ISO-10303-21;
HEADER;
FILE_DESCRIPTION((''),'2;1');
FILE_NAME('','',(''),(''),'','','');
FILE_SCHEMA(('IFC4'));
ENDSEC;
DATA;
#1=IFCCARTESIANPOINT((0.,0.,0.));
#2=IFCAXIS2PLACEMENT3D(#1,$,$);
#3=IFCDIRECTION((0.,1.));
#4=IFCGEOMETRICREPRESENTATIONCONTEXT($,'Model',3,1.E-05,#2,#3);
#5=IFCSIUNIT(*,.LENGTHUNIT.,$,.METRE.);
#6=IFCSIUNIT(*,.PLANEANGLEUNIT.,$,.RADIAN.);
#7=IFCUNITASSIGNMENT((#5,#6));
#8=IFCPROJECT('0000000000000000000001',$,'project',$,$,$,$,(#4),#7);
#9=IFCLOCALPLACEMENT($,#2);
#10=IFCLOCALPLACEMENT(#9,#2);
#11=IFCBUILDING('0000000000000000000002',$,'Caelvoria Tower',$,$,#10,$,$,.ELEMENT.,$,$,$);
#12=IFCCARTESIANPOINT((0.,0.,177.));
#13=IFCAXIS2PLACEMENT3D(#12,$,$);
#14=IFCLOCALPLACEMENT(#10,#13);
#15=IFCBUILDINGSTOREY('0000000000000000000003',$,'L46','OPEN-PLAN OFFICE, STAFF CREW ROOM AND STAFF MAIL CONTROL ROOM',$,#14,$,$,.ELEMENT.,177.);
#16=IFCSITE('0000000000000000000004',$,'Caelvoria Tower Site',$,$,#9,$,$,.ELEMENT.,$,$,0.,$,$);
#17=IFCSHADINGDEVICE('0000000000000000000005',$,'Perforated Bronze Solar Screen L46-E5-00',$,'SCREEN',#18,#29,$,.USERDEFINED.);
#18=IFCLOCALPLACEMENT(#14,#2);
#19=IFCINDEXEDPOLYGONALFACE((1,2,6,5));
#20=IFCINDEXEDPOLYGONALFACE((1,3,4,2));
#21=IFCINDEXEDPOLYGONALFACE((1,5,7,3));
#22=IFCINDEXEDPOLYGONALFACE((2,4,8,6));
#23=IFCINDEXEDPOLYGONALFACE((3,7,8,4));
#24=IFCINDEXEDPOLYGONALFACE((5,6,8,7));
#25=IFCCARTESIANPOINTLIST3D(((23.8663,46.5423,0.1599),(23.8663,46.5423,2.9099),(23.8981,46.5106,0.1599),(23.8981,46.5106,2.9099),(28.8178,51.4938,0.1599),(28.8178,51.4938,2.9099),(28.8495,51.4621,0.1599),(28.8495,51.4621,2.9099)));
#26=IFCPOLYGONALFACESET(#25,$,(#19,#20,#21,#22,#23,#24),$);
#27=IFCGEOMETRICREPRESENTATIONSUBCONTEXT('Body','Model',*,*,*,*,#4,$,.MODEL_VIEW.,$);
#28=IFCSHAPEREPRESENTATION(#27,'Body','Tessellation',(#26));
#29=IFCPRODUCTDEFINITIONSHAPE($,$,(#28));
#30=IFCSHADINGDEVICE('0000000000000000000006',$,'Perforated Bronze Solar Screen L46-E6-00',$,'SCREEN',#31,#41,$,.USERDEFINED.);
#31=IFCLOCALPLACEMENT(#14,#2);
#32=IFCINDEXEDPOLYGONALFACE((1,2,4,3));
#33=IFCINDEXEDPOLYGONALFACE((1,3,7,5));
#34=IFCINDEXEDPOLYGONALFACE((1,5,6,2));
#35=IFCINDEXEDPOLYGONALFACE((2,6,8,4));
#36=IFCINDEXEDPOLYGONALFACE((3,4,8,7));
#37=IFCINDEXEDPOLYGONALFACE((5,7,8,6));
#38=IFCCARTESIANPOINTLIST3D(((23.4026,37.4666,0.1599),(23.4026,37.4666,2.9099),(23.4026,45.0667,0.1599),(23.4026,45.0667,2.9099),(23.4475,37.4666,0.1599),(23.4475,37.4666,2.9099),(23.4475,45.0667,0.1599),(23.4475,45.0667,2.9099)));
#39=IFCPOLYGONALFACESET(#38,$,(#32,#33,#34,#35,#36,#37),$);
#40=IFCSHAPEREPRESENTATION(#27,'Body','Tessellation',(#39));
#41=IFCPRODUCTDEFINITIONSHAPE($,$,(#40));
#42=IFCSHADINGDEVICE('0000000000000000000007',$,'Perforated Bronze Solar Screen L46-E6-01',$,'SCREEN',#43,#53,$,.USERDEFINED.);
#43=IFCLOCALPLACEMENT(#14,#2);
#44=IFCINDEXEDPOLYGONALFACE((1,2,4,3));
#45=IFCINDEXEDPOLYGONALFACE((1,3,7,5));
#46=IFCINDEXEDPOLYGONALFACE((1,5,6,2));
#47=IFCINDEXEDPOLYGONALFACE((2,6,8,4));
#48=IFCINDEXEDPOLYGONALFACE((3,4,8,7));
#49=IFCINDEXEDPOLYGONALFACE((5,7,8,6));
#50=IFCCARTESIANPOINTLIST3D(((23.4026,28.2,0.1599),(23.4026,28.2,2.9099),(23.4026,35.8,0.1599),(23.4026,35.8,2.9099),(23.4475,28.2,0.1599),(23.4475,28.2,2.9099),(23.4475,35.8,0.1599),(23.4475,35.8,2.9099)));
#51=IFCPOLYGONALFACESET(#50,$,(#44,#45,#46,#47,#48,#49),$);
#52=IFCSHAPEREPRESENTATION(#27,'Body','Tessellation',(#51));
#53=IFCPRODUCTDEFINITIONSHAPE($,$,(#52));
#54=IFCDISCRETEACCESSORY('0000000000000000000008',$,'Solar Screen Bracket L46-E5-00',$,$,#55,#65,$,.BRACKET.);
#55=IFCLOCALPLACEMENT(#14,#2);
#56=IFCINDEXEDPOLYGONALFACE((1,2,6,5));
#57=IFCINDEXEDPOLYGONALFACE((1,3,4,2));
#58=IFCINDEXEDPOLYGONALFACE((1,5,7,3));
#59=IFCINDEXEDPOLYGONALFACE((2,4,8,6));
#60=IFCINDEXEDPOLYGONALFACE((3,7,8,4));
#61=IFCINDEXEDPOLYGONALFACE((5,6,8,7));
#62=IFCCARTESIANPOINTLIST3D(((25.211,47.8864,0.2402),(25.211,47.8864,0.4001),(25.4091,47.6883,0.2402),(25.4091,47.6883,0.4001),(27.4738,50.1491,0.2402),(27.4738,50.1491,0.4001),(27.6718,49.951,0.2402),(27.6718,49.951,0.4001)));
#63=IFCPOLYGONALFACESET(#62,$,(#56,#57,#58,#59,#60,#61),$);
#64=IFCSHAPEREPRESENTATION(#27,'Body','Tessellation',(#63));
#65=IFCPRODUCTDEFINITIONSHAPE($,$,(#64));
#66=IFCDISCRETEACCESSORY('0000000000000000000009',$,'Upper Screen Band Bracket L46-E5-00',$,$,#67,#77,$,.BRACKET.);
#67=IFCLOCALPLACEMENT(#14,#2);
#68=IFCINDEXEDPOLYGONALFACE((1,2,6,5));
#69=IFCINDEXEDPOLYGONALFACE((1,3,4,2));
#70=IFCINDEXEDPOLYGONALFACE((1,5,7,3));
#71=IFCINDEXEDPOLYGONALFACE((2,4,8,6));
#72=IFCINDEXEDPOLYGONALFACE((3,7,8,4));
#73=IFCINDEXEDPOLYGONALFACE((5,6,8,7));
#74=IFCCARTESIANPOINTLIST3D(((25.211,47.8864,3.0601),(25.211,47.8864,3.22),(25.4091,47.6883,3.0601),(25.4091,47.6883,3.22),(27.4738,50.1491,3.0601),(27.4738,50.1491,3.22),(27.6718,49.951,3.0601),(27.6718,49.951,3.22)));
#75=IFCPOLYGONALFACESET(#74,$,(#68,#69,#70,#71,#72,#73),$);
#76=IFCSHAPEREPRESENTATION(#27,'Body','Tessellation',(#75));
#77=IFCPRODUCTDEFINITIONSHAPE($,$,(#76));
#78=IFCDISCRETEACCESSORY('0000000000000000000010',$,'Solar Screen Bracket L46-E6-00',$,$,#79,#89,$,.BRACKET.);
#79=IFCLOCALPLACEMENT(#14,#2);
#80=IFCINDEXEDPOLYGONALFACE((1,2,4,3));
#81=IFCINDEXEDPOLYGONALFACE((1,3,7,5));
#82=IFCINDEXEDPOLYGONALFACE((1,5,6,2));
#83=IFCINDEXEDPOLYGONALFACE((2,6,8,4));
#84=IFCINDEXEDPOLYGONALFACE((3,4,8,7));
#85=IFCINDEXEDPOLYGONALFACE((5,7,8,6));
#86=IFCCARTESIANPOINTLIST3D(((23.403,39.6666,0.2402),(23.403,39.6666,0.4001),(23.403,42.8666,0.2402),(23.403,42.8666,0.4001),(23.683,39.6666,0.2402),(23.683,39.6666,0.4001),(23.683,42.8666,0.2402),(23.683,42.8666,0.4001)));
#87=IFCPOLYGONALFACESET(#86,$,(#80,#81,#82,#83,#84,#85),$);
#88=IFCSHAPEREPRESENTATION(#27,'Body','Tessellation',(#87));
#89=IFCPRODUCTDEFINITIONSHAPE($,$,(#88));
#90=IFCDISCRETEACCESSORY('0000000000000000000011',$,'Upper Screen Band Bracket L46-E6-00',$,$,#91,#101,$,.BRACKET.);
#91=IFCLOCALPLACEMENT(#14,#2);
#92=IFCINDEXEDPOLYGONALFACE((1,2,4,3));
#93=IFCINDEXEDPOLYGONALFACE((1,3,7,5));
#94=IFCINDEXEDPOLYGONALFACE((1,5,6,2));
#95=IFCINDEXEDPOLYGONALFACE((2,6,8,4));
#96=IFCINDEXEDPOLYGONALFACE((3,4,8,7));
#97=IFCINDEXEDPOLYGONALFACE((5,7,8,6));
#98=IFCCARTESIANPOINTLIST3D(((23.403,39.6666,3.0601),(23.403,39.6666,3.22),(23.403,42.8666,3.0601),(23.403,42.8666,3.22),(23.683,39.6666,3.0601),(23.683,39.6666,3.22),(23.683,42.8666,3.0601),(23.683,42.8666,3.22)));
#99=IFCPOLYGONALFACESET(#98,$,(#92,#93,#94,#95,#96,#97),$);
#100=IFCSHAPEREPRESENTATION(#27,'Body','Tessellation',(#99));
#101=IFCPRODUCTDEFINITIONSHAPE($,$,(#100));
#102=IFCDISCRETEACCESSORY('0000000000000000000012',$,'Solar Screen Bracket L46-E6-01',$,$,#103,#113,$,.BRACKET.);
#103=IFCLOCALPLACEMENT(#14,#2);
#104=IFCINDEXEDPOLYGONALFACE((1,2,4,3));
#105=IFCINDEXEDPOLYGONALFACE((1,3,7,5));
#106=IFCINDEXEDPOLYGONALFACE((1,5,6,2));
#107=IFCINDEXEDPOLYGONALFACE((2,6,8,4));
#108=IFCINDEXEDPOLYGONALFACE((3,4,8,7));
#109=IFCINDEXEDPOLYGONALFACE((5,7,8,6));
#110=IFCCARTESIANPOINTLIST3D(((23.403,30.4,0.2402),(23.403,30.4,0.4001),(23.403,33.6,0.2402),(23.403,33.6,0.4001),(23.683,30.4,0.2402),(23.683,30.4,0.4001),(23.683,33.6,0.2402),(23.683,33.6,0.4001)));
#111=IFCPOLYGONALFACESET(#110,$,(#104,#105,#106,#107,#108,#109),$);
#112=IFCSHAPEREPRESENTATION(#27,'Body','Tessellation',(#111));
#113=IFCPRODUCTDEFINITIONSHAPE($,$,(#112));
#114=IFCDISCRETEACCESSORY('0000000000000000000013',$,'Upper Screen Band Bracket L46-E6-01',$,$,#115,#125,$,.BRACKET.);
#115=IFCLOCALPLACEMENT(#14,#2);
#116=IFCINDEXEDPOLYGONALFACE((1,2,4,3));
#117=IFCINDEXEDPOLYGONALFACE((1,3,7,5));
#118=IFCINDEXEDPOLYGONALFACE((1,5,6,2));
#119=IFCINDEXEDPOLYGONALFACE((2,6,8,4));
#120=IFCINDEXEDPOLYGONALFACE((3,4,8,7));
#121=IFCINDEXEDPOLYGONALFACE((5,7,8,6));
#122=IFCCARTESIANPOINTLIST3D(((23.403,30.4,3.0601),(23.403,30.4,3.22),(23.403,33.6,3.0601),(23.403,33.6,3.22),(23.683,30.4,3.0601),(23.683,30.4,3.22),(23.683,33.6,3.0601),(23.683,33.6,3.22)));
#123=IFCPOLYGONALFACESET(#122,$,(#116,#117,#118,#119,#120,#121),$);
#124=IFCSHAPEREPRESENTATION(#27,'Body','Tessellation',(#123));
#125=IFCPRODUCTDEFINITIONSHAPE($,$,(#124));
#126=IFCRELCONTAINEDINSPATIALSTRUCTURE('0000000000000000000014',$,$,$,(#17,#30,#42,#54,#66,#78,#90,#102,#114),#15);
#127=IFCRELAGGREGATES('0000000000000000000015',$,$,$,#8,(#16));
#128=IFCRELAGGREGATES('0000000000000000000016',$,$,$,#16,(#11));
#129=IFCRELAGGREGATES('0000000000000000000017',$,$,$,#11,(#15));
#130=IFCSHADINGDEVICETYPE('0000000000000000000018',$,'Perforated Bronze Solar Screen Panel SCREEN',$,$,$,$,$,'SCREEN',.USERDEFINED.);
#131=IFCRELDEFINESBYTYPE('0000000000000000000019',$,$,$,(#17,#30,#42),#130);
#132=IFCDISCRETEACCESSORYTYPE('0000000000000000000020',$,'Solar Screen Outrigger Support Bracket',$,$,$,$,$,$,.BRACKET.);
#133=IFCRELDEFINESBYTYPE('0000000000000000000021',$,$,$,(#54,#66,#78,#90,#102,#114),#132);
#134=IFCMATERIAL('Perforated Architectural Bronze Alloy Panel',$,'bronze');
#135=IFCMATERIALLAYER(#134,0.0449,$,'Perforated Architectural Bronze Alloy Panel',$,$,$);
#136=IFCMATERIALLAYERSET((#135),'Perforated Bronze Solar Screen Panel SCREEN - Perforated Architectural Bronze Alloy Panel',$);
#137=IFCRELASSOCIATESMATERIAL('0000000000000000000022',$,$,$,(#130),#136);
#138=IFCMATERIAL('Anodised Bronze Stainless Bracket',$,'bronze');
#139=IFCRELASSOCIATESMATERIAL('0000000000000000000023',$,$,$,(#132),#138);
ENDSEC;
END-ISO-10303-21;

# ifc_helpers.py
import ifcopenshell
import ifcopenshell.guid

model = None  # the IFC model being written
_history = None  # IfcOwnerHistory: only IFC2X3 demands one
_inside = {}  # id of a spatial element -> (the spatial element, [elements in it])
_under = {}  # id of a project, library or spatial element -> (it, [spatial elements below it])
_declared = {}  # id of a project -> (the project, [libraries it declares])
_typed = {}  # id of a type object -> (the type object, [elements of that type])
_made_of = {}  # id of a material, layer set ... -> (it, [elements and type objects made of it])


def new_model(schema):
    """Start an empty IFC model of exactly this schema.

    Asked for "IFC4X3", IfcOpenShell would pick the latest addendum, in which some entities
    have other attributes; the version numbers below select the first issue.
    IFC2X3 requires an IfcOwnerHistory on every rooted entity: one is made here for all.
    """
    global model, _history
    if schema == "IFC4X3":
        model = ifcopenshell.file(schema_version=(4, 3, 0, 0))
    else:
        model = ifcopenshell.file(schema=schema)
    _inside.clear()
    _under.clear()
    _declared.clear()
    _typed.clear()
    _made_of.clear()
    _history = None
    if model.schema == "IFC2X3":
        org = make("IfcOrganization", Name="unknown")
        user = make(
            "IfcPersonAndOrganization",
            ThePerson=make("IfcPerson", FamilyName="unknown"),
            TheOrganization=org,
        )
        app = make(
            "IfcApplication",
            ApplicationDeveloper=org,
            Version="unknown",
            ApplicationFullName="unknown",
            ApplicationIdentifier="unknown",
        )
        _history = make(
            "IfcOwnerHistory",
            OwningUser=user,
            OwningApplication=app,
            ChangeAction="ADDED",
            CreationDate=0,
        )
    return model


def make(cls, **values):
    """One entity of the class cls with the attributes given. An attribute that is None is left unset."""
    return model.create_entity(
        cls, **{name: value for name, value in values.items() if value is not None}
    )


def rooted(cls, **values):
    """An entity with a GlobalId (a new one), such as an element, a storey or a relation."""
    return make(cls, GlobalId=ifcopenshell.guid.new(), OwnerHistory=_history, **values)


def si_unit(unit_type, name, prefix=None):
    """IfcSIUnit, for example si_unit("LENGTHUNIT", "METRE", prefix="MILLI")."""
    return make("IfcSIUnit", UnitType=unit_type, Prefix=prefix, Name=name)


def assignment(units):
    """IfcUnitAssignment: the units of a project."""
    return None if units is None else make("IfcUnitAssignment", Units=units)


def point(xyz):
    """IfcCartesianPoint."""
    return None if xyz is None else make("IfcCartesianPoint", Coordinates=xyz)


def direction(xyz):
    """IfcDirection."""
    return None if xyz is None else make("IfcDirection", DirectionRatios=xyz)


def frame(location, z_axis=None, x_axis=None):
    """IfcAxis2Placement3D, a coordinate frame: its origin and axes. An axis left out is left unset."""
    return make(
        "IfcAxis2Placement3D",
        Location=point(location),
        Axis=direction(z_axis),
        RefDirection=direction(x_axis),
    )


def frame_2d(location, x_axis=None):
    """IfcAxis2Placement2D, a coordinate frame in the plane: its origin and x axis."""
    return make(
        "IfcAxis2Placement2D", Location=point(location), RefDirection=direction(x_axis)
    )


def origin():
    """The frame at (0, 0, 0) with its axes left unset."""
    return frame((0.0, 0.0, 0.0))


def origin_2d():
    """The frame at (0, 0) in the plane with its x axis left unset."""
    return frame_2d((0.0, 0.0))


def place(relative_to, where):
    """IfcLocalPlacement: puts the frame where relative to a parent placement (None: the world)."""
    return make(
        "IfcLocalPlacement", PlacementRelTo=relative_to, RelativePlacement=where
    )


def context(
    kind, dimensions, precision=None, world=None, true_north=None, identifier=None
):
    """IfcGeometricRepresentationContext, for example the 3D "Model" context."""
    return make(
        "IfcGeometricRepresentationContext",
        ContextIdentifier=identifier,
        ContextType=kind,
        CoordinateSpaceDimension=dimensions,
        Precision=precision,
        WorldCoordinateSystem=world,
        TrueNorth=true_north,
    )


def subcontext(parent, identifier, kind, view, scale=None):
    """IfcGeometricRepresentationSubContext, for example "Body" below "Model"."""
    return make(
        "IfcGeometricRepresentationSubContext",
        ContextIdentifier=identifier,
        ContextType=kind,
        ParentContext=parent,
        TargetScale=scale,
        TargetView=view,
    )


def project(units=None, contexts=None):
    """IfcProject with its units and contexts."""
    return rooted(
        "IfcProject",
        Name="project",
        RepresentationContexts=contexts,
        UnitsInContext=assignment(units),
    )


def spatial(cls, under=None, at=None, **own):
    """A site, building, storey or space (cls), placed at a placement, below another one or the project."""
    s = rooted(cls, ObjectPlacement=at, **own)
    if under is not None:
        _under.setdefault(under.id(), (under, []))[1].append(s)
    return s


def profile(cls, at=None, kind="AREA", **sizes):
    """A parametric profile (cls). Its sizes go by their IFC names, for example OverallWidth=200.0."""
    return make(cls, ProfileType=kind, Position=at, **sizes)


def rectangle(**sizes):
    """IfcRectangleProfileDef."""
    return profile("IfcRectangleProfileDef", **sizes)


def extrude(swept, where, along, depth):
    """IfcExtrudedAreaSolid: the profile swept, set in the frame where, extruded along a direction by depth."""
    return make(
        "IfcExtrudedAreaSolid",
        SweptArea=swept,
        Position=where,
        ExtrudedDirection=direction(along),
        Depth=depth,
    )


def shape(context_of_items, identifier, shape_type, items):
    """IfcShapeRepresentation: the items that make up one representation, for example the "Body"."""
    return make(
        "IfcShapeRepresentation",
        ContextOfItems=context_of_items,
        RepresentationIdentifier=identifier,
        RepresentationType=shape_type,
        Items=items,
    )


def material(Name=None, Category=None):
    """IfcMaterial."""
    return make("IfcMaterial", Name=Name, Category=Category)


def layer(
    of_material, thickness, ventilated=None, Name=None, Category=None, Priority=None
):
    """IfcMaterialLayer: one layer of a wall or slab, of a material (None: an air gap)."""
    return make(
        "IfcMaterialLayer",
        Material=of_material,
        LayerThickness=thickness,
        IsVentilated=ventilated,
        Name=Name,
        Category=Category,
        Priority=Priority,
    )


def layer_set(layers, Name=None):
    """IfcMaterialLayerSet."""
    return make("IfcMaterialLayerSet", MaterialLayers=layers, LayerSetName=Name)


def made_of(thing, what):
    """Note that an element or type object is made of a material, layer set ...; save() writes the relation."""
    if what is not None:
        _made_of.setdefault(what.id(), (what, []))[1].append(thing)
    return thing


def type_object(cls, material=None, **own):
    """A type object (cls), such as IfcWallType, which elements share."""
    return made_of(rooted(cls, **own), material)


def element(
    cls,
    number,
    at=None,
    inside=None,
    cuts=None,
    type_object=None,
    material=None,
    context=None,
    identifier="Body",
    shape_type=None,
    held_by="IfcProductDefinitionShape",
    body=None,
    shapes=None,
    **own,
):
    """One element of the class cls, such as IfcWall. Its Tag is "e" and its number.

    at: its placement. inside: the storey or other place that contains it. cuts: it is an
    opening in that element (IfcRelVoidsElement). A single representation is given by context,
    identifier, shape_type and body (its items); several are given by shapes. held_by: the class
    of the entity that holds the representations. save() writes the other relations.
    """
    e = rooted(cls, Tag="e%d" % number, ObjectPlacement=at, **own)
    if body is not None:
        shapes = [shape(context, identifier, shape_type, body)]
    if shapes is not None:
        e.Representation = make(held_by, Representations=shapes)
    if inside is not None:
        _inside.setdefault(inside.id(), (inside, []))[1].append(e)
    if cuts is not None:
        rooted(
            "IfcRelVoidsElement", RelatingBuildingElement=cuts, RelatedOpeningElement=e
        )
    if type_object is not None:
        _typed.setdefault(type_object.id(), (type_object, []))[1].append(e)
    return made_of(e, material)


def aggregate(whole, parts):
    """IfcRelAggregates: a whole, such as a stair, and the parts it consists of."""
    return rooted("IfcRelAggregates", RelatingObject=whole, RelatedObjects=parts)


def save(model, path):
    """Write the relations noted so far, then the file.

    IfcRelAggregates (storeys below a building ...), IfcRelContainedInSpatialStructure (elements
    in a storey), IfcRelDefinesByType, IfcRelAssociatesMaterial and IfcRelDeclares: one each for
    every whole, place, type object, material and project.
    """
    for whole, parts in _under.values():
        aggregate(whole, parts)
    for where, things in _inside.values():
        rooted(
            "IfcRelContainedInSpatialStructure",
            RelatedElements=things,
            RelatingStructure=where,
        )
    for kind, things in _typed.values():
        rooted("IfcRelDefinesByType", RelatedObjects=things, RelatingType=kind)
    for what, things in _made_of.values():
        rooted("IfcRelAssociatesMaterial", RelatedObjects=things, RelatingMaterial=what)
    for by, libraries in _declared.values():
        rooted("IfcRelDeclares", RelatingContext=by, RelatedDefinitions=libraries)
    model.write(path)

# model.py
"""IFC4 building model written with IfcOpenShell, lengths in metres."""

from ifc_helpers import new_model, si_unit, direction, frame, origin, origin_2d, place, context, subcontext, project, spatial, rectangle, extrude, material, layer, layer_set, type_object, element, save


model = new_model("IFC4")

# Units and contexts
model_context = context("Model", 3, precision=1e-05, world=origin(), true_north=direction((0.0, 1.0)))
body_context = subcontext(model_context, "Body", "Model", "MODEL_VIEW")
ifc_project = project(units=[si_unit("LENGTHUNIT", "METRE"), si_unit("PLANEANGLEUNIT", "RADIAN")], contexts=[model_context])

# Site, building, storey
site_placement = place(None, origin())
site = spatial("IfcSite", under=ifc_project, at=site_placement, Name="Caelvoria Tower Site", CompositionType="ELEMENT", RefElevation=0.0)
building_placement = place(site_placement, origin())
building = spatial("IfcBuilding", under=site, at=building_placement, Name="Caelvoria Tower", CompositionType="ELEMENT")
storey_placement = place(building_placement, frame((0.0, 0.0, 177.0)))
storey = spatial("IfcBuildingStorey", under=building, at=storey_placement, Name="L46", Description="OPEN-PLAN OFFICE, STAFF CREW ROOM AND STAFF MAIL CONTROL ROOM", CompositionType="ELEMENT", Elevation=177.0)

# Shading devices
ifc_material_1 = material(Name="Perforated Architectural Bronze Alloy Panel", Category="bronze")
ifc_layer_1 = layer(ifc_material_1, 0.0449, Name="Perforated Architectural Bronze Alloy Panel")
ifc_layer_set_1 = layer_set([ifc_layer_1], Name="Perforated Bronze Solar Screen Panel SCREEN - Perforated Architectural Bronze Alloy Panel")
shading_device_type = type_object("IfcShadingDeviceType", Name="Perforated Bronze Solar Screen Panel SCREEN", ElementType="SCREEN", PredefinedType="USERDEFINED", material=ifc_layer_set_1)
shading_device_placement = place(storey_placement, frame((26.3579, 49.0022, 0.1599), z_axis=(0.0, 0.0, 1.0), x_axis=(-0.707107, -0.707107, 0.0)))
element("IfcShadingDevice", 1, at=shading_device_placement, inside=storey, type_object=shading_device_type, Name="Perforated Bronze Solar Screen L46-E5-00", ObjectType="SCREEN", PredefinedType="USERDEFINED", context=body_context, shape_type="SweptSolid", body=[
    extrude(rectangle(XDim=7.0024, YDim=0.0449, at=origin_2d()), origin(), (0.0, 0.0, 1.0), 2.75),
])
for number, where, z_axis, x_axis, name in (
    (2, (23.425, 41.2666, 0.1599), (0.0, 0.0, 1.0), (0.0, -1.0, 0.0), "Perforated Bronze Solar Screen L46-E6-00"),
    (3, (23.425, 32.0, 0.1599), (0.0, 0.0, 1.0), (0.0, -1.0, 0.0), "Perforated Bronze Solar Screen L46-E6-01"),
):
    element("IfcShadingDevice", number, at=place(storey_placement, frame(where, z_axis=z_axis, x_axis=x_axis)), inside=storey, type_object=shading_device_type, Name=name, ObjectType="SCREEN", PredefinedType="USERDEFINED", context=body_context, shape_type="SweptSolid", body=[
        extrude(rectangle(XDim=7.6001, YDim=0.0449, at=origin_2d()), origin(), (0.0, 0.0, 1.0), 2.75),
    ])

# Discrete accessories
ifc_material_2 = material(Name="Anodised Bronze Stainless Bracket", Category="bronze")
discrete_accessory_type = type_object("IfcDiscreteAccessoryType", Name="Solar Screen Outrigger Support Bracket", PredefinedType="BRACKET", material=ifc_material_2)
for number, where, z_axis, x_axis, name in (
    (4, (26.4414, 48.9187, 0.2402), (0.0, 0.0, 1.0), (-0.707107, -0.707107, 0.0), "Solar Screen Bracket L46-E5-00"),
    (5, (26.4414, 48.9187, 3.0601), (0.0, 0.0, 1.0), (-0.707107, -0.707107, 0.0), "Upper Screen Band Bracket L46-E5-00"),
    (6, (23.543, 41.2666, 0.2402), (0.0, 0.0, 1.0), (0.0, -1.0, 0.0), "Solar Screen Bracket L46-E6-00"),
    (7, (23.543, 41.2666, 3.0601), (0.0, 0.0, 1.0), (0.0, -1.0, 0.0), "Upper Screen Band Bracket L46-E6-00"),
    (8, (23.543, 32.0, 0.2402), (0.0, 0.0, 1.0), (0.0, -1.0, 0.0), "Solar Screen Bracket L46-E6-01"),
    (9, (23.543, 32.0, 3.0601), (0.0, 0.0, 1.0), (0.0, -1.0, 0.0), "Upper Screen Band Bracket L46-E6-01"),
):
    element("IfcDiscreteAccessory", number, at=place(storey_placement, frame(where, z_axis=z_axis, x_axis=x_axis)), inside=storey, type_object=discrete_accessory_type, Name=name, PredefinedType="BRACKET", context=body_context, shape_type="SweptSolid", body=[
        extrude(rectangle(XDim=3.2, YDim=0.28, at=origin_2d()), origin(), (0.0, 0.0, 1.0), 0.1599),
    ])

save(model, "model.ifc")
